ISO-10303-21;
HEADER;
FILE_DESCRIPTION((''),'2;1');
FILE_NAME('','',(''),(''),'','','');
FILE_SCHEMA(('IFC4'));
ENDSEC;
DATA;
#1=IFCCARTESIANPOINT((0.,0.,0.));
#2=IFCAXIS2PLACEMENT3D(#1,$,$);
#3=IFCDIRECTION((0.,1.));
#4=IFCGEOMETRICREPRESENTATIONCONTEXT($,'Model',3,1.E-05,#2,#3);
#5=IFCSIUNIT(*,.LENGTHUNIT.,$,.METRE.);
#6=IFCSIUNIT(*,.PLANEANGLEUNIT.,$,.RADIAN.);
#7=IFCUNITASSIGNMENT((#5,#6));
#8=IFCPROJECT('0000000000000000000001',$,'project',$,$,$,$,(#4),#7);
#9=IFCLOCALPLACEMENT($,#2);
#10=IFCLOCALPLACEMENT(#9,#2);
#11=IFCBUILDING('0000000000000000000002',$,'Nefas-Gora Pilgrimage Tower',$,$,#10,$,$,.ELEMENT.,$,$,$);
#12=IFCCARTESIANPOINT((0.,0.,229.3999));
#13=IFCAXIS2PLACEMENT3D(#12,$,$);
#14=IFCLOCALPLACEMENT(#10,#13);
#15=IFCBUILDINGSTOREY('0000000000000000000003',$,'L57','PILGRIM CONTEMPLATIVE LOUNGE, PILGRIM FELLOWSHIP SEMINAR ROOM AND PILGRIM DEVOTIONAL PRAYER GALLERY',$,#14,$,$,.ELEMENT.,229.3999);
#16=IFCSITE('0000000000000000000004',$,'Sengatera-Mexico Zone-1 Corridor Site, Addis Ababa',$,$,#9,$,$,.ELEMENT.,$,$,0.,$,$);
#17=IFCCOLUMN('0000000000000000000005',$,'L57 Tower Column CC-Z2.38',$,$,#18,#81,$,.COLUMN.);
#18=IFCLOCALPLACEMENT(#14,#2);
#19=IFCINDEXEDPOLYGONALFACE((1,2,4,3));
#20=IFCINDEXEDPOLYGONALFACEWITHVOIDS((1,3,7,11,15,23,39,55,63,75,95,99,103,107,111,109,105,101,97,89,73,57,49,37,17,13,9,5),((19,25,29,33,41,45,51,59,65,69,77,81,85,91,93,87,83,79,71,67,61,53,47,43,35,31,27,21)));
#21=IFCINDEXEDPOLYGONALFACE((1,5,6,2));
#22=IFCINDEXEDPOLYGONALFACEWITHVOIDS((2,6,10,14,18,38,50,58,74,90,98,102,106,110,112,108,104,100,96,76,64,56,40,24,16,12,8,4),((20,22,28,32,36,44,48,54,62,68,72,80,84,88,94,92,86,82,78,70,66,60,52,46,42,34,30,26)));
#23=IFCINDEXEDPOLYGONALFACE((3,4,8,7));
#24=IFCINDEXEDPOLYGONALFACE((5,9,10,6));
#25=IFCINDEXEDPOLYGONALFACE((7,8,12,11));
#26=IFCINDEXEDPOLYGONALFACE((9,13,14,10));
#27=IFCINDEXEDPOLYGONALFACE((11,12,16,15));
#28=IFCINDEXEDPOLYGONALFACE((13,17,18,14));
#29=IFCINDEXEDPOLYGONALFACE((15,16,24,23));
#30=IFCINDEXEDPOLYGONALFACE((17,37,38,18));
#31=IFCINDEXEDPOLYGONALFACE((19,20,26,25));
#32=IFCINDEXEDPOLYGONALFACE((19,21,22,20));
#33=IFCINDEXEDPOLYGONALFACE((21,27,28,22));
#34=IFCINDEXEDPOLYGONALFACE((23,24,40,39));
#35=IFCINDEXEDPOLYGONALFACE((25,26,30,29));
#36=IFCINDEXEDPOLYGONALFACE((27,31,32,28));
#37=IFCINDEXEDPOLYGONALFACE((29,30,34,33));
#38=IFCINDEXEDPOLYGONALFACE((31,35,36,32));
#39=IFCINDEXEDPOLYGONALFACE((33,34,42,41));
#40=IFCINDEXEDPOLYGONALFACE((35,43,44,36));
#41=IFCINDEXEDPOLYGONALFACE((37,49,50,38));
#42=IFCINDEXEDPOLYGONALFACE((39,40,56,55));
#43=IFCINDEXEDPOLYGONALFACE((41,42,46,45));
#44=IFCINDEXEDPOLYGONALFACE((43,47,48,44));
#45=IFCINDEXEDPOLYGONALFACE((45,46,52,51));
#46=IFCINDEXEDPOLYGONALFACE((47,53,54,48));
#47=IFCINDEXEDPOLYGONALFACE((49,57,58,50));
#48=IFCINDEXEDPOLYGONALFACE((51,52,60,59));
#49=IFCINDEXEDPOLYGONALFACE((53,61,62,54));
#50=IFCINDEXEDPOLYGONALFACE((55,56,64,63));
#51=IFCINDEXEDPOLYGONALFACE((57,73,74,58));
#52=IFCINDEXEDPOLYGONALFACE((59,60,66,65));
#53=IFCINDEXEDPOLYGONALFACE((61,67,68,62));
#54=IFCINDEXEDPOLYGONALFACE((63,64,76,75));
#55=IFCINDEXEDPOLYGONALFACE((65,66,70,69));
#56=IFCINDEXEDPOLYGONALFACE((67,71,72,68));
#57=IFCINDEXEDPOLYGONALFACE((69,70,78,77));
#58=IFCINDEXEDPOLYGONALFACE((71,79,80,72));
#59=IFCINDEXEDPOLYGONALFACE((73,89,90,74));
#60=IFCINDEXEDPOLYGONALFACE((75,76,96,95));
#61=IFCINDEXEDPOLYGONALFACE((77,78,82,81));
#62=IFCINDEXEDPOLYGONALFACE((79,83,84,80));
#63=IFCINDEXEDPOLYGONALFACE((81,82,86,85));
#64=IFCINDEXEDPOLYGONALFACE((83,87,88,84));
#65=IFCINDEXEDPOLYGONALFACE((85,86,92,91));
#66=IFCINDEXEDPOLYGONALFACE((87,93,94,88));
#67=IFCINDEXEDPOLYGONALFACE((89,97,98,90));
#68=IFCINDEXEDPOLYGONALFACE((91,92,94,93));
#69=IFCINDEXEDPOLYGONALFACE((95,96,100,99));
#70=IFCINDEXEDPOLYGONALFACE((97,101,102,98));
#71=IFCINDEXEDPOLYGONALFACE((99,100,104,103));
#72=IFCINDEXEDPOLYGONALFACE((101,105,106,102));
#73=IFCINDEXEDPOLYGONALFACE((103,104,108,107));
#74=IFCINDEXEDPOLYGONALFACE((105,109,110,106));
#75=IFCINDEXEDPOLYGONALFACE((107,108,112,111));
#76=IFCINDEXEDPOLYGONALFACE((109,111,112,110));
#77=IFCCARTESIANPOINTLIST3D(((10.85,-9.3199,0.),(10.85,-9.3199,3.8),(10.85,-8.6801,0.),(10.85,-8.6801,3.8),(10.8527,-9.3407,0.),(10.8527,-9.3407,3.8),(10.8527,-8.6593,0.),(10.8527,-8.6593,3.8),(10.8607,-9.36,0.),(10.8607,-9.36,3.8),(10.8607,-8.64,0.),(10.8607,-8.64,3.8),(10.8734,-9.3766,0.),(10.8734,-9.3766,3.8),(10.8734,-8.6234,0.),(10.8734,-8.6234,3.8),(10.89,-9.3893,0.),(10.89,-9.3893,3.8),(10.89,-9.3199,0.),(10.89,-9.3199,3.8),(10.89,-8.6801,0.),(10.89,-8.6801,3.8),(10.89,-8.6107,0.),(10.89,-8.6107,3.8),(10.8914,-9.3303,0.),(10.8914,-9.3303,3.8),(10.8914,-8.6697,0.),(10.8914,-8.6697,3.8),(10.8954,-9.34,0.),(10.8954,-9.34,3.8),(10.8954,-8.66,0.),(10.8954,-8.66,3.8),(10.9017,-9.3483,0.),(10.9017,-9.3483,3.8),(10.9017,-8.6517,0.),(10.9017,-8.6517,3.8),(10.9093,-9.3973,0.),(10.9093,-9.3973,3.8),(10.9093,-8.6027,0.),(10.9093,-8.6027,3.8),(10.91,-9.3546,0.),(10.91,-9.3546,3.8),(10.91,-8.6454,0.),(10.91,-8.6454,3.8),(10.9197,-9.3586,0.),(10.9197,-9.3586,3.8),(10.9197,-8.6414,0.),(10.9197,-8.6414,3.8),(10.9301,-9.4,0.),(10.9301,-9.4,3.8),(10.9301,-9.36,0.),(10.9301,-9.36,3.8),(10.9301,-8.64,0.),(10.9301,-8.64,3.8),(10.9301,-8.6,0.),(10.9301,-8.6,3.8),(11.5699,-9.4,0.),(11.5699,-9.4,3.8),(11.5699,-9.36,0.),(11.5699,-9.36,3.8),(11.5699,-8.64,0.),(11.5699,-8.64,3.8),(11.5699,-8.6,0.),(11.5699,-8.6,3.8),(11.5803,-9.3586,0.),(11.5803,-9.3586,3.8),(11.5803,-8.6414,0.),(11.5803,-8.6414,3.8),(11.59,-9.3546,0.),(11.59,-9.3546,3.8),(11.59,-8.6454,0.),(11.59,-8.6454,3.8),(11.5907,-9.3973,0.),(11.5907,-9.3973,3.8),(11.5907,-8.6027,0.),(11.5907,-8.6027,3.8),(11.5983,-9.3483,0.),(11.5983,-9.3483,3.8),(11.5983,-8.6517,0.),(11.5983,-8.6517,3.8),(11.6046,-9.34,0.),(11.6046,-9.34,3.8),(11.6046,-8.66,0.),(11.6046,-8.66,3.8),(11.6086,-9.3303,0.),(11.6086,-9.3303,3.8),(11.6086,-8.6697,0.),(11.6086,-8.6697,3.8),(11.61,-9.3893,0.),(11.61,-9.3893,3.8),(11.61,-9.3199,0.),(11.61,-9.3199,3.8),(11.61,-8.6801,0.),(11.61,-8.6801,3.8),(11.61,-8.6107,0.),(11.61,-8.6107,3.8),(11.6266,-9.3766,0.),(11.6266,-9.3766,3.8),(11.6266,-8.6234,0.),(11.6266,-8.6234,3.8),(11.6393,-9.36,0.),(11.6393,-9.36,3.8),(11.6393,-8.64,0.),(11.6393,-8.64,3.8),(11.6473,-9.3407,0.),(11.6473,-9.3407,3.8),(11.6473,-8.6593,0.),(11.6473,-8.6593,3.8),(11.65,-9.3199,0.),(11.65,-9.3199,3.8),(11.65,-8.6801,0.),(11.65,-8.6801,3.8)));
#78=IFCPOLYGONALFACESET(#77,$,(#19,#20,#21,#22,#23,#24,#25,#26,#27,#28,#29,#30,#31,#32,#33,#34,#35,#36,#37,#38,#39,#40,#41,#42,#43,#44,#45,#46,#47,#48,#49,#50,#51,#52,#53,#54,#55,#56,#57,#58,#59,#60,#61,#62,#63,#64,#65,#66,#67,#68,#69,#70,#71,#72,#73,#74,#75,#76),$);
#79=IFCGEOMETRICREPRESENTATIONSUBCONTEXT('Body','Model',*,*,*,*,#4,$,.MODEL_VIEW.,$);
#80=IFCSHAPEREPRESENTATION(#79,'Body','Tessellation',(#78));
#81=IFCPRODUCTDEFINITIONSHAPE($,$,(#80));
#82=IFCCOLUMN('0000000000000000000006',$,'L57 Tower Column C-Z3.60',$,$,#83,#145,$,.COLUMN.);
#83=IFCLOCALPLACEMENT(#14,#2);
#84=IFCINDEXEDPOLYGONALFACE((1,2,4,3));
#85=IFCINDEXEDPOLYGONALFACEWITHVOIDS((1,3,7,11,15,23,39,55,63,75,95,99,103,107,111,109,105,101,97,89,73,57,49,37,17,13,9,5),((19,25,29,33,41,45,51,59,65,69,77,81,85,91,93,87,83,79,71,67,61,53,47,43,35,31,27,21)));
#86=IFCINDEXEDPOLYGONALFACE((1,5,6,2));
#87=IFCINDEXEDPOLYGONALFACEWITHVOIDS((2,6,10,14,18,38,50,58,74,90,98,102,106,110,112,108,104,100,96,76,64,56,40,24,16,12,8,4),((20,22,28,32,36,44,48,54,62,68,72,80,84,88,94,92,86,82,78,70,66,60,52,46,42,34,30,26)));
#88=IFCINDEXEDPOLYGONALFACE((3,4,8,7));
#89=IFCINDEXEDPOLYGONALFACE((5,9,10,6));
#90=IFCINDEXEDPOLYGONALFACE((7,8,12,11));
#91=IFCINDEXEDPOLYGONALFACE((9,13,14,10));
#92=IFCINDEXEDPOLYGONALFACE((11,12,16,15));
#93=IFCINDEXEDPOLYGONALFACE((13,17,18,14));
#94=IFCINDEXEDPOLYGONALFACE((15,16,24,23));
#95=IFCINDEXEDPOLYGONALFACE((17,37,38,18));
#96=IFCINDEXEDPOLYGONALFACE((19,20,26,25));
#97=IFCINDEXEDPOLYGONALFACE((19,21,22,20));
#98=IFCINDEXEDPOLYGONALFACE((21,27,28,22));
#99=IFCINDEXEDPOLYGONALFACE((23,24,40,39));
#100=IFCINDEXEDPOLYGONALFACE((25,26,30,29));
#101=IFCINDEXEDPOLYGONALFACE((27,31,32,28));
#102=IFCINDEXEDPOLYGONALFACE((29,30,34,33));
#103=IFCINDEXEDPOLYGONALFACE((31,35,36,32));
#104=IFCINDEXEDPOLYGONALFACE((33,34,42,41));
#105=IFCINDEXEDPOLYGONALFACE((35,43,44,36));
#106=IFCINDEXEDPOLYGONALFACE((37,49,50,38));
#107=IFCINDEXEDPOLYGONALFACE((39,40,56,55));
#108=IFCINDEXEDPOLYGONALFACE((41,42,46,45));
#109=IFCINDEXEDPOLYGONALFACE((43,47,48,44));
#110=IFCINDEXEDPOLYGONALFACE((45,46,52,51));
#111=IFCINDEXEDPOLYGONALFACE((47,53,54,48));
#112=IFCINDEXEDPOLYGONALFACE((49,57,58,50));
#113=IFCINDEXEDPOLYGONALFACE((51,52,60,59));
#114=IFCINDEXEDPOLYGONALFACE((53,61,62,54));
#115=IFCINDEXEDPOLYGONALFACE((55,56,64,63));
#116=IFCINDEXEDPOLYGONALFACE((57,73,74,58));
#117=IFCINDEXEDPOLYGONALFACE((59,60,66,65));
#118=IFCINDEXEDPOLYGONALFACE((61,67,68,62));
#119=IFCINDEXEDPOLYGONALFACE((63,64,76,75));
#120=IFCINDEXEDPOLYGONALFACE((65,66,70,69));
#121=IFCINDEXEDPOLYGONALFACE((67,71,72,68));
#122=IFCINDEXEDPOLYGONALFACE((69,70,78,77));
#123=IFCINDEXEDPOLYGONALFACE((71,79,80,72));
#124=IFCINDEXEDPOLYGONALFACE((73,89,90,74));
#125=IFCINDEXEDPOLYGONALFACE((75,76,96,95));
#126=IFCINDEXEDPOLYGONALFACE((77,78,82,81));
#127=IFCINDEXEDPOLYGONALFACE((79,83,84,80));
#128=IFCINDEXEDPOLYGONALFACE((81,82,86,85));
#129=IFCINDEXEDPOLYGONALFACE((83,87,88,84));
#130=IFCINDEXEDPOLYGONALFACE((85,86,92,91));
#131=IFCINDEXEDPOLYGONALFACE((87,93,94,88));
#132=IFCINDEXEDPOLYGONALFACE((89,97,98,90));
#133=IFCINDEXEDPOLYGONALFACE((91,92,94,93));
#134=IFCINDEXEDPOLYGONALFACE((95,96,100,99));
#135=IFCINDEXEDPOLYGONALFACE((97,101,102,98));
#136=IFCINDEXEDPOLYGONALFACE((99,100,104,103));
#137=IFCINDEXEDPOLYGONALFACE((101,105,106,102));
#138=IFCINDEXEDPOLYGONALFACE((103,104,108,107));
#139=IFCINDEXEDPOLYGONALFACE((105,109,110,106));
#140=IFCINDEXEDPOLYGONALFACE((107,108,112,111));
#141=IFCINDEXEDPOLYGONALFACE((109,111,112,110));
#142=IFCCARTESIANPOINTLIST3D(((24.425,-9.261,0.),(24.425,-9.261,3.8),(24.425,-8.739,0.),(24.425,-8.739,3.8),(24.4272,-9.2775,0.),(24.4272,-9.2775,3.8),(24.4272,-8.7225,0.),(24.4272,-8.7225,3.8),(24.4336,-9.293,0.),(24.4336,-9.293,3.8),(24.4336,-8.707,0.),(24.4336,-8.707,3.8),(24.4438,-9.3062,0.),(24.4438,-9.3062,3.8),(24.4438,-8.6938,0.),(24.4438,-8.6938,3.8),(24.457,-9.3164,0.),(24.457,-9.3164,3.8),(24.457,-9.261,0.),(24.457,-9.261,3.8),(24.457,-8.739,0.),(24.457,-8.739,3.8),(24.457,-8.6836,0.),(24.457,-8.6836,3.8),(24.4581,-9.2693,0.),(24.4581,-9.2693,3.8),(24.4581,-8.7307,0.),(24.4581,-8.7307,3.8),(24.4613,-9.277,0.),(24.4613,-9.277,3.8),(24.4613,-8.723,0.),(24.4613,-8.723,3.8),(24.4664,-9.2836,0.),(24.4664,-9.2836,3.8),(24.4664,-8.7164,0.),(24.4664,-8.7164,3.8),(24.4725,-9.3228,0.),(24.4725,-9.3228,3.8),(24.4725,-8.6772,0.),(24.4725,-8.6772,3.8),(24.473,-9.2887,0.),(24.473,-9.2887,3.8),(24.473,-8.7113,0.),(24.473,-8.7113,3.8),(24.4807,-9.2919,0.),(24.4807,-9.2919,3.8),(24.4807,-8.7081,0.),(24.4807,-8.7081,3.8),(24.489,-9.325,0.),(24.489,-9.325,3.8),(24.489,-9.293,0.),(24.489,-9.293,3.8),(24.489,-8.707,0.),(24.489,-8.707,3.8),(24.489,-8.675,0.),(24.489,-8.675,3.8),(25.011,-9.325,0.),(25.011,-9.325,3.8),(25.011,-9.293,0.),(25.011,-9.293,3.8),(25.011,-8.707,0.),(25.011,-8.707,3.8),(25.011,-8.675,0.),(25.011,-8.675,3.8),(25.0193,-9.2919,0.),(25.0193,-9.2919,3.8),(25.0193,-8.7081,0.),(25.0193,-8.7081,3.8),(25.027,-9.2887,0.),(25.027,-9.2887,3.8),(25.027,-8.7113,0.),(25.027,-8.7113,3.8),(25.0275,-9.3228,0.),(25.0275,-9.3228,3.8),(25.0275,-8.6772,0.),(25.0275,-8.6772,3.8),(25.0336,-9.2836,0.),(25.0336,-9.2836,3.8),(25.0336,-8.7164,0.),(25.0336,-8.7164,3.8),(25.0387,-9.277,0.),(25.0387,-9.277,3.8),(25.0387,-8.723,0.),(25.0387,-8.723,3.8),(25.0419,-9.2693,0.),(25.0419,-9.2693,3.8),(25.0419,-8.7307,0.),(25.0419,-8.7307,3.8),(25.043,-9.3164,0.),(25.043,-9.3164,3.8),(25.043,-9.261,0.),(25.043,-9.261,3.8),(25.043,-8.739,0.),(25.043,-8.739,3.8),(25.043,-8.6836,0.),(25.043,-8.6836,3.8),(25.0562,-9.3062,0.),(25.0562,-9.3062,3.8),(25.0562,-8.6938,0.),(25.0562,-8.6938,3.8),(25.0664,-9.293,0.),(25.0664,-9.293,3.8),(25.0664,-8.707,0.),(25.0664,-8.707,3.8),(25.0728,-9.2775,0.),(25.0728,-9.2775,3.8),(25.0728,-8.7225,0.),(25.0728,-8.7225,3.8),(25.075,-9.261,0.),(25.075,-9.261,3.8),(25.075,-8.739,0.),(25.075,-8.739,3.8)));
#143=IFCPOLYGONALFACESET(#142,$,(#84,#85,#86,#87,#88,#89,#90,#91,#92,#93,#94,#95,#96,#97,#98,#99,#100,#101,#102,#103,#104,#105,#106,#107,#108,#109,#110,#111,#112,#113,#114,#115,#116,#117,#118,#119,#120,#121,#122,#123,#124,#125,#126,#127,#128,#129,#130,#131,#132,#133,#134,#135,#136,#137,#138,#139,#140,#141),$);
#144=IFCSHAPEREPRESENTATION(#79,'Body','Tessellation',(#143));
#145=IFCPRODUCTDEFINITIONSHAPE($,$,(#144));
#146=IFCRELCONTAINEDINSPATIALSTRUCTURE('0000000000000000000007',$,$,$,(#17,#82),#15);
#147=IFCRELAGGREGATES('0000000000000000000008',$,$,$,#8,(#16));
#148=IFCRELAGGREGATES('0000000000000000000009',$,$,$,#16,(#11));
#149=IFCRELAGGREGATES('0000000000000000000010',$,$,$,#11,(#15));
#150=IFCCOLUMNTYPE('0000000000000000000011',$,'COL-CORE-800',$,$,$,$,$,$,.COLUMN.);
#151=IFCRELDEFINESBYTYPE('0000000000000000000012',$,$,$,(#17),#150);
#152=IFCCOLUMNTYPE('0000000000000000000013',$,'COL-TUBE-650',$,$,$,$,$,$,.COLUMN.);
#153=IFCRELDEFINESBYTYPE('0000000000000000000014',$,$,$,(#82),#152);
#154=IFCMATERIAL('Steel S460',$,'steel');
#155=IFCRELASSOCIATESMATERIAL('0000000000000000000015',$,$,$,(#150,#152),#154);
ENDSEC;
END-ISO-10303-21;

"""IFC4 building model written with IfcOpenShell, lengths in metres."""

from ifc_helpers import new_model, si_unit, direction, frame, origin, origin_2d, place, context, subcontext, project, spatial, hollow_rectangle, extrude, source, transform, mapped, material, material_profile, profile_set, type_object, element, save


model = new_model("IFC4")

# Units and contexts
model_context = context("Model", 3, precision=1e-05, world=origin(), true_north=direction((0.0, 1.0)))
body_context = subcontext(model_context, "Body", "Model", "MODEL_VIEW")
ifc_project = project(units=[si_unit("LENGTHUNIT", "METRE"), si_unit("PLANEANGLEUNIT", "RADIAN")], contexts=[model_context])

# Site, building, storey
site_placement = place(None, origin())
site = spatial("IfcSite", under=ifc_project, at=site_placement, Name="Sengatera-Mexico Zone-1 Corridor Site, Addis Ababa", CompositionType="ELEMENT", RefElevation=0.0)
building_placement = place(site_placement, origin())
building = spatial("IfcBuilding", under=site, at=building_placement, Name="Nefas-Gora Pilgrimage Tower", CompositionType="ELEMENT")
storey_placement = place(building_placement, frame((0.0, 0.0, 229.3999)))
storey = spatial("IfcBuildingStorey", under=building, at=storey_placement, Name="L57", Description="PILGRIM CONTEMPLATIVE LOUNGE, PILGRIM FELLOWSHIP SEMINAR ROOM AND PILGRIM DEVOTIONAL PRAYER GALLERY", CompositionType="ELEMENT", Elevation=229.3999)

# Columns
ifc_material_1 = material(Name="Steel S460", Category="steel")
ifc_material_profile_1 = material_profile(ifc_material_1, hollow_rectangle(XDim=0.8, YDim=0.8, WallThickness=0.04, InnerFilletRadius=0.04, OuterFilletRadius=0.0801, at=origin_2d()), Name="BOX 800x800x40")
ifc_profile_set_1 = profile_set([ifc_material_profile_1], Name="Steel S460")
column_type_1 = type_object("IfcColumnType", Name="COL-CORE-800", PredefinedType="COLUMN", material=ifc_profile_set_1)
shared_shape_1 = source(origin(), body_context, "Body", "SweptSolid", [
    extrude(hollow_rectangle(XDim=0.8, YDim=0.8, WallThickness=0.04, InnerFilletRadius=0.04, OuterFilletRadius=0.0801, at=origin_2d()), origin(), (0.0, 0.0, 1.0), 3.8),
])
column_placement = place(storey_placement, frame((11.25, -9.0, 0.0), z_axis=(0.0, 0.0, 1.0), x_axis=(1.0, 0.0, 0.0)))
element("IfcColumn", 1, at=column_placement, inside=storey, type_object=column_type_1, Name="L57 Tower Column CC-Z2.38", PredefinedType="COLUMN", context=body_context, shape_type="MappedRepresentation", body=[
    mapped(shared_shape_1, transform((0.0, 0.0, 0.0), x_axis=(1.0, 0.0, 0.0), y_axis=(0.0, 1.0, 0.0), z_axis=(0.0, 0.0, 1.0), scale=1.0)),
])
ifc_material_profile_2 = material_profile(ifc_material_1, hollow_rectangle(XDim=0.6499, YDim=0.6499, WallThickness=0.032, InnerFilletRadius=0.032, OuterFilletRadius=0.064, at=origin_2d()), Name="BOX 650x650x32")
ifc_profile_set_2 = profile_set([ifc_material_profile_2], Name="Steel S460")
column_type_2 = type_object("IfcColumnType", Name="COL-TUBE-650", PredefinedType="COLUMN", material=ifc_profile_set_2)
shared_shape_2 = source(origin(), body_context, "Body", "SweptSolid", [
    extrude(hollow_rectangle(XDim=0.6499, YDim=0.6499, WallThickness=0.032, InnerFilletRadius=0.032, OuterFilletRadius=0.064, at=origin_2d()), origin(), (0.0, 0.0, 1.0), 3.8),
])
for number, where, z_axis, x_axis, name in (
    (2, (24.75, -9.0, 0.0), (0.0, 0.0, 1.0), (1.0, 0.0, 0.0), "L57 Tower Column C-Z3.60"),
):
    element("IfcColumn", number, at=place(storey_placement, frame(where, z_axis=z_axis, x_axis=x_axis)), inside=storey, type_object=column_type_2, Name=name, PredefinedType="COLUMN", context=body_context, shape_type="MappedRepresentation", body=[
        mapped(shared_shape_2, transform((0.0, 0.0, 0.0), x_axis=(1.0, 0.0, 0.0), y_axis=(0.0, 1.0, 0.0), z_axis=(0.0, 0.0, 1.0), scale=1.0)),
    ])

save(model, "model.ifc")
